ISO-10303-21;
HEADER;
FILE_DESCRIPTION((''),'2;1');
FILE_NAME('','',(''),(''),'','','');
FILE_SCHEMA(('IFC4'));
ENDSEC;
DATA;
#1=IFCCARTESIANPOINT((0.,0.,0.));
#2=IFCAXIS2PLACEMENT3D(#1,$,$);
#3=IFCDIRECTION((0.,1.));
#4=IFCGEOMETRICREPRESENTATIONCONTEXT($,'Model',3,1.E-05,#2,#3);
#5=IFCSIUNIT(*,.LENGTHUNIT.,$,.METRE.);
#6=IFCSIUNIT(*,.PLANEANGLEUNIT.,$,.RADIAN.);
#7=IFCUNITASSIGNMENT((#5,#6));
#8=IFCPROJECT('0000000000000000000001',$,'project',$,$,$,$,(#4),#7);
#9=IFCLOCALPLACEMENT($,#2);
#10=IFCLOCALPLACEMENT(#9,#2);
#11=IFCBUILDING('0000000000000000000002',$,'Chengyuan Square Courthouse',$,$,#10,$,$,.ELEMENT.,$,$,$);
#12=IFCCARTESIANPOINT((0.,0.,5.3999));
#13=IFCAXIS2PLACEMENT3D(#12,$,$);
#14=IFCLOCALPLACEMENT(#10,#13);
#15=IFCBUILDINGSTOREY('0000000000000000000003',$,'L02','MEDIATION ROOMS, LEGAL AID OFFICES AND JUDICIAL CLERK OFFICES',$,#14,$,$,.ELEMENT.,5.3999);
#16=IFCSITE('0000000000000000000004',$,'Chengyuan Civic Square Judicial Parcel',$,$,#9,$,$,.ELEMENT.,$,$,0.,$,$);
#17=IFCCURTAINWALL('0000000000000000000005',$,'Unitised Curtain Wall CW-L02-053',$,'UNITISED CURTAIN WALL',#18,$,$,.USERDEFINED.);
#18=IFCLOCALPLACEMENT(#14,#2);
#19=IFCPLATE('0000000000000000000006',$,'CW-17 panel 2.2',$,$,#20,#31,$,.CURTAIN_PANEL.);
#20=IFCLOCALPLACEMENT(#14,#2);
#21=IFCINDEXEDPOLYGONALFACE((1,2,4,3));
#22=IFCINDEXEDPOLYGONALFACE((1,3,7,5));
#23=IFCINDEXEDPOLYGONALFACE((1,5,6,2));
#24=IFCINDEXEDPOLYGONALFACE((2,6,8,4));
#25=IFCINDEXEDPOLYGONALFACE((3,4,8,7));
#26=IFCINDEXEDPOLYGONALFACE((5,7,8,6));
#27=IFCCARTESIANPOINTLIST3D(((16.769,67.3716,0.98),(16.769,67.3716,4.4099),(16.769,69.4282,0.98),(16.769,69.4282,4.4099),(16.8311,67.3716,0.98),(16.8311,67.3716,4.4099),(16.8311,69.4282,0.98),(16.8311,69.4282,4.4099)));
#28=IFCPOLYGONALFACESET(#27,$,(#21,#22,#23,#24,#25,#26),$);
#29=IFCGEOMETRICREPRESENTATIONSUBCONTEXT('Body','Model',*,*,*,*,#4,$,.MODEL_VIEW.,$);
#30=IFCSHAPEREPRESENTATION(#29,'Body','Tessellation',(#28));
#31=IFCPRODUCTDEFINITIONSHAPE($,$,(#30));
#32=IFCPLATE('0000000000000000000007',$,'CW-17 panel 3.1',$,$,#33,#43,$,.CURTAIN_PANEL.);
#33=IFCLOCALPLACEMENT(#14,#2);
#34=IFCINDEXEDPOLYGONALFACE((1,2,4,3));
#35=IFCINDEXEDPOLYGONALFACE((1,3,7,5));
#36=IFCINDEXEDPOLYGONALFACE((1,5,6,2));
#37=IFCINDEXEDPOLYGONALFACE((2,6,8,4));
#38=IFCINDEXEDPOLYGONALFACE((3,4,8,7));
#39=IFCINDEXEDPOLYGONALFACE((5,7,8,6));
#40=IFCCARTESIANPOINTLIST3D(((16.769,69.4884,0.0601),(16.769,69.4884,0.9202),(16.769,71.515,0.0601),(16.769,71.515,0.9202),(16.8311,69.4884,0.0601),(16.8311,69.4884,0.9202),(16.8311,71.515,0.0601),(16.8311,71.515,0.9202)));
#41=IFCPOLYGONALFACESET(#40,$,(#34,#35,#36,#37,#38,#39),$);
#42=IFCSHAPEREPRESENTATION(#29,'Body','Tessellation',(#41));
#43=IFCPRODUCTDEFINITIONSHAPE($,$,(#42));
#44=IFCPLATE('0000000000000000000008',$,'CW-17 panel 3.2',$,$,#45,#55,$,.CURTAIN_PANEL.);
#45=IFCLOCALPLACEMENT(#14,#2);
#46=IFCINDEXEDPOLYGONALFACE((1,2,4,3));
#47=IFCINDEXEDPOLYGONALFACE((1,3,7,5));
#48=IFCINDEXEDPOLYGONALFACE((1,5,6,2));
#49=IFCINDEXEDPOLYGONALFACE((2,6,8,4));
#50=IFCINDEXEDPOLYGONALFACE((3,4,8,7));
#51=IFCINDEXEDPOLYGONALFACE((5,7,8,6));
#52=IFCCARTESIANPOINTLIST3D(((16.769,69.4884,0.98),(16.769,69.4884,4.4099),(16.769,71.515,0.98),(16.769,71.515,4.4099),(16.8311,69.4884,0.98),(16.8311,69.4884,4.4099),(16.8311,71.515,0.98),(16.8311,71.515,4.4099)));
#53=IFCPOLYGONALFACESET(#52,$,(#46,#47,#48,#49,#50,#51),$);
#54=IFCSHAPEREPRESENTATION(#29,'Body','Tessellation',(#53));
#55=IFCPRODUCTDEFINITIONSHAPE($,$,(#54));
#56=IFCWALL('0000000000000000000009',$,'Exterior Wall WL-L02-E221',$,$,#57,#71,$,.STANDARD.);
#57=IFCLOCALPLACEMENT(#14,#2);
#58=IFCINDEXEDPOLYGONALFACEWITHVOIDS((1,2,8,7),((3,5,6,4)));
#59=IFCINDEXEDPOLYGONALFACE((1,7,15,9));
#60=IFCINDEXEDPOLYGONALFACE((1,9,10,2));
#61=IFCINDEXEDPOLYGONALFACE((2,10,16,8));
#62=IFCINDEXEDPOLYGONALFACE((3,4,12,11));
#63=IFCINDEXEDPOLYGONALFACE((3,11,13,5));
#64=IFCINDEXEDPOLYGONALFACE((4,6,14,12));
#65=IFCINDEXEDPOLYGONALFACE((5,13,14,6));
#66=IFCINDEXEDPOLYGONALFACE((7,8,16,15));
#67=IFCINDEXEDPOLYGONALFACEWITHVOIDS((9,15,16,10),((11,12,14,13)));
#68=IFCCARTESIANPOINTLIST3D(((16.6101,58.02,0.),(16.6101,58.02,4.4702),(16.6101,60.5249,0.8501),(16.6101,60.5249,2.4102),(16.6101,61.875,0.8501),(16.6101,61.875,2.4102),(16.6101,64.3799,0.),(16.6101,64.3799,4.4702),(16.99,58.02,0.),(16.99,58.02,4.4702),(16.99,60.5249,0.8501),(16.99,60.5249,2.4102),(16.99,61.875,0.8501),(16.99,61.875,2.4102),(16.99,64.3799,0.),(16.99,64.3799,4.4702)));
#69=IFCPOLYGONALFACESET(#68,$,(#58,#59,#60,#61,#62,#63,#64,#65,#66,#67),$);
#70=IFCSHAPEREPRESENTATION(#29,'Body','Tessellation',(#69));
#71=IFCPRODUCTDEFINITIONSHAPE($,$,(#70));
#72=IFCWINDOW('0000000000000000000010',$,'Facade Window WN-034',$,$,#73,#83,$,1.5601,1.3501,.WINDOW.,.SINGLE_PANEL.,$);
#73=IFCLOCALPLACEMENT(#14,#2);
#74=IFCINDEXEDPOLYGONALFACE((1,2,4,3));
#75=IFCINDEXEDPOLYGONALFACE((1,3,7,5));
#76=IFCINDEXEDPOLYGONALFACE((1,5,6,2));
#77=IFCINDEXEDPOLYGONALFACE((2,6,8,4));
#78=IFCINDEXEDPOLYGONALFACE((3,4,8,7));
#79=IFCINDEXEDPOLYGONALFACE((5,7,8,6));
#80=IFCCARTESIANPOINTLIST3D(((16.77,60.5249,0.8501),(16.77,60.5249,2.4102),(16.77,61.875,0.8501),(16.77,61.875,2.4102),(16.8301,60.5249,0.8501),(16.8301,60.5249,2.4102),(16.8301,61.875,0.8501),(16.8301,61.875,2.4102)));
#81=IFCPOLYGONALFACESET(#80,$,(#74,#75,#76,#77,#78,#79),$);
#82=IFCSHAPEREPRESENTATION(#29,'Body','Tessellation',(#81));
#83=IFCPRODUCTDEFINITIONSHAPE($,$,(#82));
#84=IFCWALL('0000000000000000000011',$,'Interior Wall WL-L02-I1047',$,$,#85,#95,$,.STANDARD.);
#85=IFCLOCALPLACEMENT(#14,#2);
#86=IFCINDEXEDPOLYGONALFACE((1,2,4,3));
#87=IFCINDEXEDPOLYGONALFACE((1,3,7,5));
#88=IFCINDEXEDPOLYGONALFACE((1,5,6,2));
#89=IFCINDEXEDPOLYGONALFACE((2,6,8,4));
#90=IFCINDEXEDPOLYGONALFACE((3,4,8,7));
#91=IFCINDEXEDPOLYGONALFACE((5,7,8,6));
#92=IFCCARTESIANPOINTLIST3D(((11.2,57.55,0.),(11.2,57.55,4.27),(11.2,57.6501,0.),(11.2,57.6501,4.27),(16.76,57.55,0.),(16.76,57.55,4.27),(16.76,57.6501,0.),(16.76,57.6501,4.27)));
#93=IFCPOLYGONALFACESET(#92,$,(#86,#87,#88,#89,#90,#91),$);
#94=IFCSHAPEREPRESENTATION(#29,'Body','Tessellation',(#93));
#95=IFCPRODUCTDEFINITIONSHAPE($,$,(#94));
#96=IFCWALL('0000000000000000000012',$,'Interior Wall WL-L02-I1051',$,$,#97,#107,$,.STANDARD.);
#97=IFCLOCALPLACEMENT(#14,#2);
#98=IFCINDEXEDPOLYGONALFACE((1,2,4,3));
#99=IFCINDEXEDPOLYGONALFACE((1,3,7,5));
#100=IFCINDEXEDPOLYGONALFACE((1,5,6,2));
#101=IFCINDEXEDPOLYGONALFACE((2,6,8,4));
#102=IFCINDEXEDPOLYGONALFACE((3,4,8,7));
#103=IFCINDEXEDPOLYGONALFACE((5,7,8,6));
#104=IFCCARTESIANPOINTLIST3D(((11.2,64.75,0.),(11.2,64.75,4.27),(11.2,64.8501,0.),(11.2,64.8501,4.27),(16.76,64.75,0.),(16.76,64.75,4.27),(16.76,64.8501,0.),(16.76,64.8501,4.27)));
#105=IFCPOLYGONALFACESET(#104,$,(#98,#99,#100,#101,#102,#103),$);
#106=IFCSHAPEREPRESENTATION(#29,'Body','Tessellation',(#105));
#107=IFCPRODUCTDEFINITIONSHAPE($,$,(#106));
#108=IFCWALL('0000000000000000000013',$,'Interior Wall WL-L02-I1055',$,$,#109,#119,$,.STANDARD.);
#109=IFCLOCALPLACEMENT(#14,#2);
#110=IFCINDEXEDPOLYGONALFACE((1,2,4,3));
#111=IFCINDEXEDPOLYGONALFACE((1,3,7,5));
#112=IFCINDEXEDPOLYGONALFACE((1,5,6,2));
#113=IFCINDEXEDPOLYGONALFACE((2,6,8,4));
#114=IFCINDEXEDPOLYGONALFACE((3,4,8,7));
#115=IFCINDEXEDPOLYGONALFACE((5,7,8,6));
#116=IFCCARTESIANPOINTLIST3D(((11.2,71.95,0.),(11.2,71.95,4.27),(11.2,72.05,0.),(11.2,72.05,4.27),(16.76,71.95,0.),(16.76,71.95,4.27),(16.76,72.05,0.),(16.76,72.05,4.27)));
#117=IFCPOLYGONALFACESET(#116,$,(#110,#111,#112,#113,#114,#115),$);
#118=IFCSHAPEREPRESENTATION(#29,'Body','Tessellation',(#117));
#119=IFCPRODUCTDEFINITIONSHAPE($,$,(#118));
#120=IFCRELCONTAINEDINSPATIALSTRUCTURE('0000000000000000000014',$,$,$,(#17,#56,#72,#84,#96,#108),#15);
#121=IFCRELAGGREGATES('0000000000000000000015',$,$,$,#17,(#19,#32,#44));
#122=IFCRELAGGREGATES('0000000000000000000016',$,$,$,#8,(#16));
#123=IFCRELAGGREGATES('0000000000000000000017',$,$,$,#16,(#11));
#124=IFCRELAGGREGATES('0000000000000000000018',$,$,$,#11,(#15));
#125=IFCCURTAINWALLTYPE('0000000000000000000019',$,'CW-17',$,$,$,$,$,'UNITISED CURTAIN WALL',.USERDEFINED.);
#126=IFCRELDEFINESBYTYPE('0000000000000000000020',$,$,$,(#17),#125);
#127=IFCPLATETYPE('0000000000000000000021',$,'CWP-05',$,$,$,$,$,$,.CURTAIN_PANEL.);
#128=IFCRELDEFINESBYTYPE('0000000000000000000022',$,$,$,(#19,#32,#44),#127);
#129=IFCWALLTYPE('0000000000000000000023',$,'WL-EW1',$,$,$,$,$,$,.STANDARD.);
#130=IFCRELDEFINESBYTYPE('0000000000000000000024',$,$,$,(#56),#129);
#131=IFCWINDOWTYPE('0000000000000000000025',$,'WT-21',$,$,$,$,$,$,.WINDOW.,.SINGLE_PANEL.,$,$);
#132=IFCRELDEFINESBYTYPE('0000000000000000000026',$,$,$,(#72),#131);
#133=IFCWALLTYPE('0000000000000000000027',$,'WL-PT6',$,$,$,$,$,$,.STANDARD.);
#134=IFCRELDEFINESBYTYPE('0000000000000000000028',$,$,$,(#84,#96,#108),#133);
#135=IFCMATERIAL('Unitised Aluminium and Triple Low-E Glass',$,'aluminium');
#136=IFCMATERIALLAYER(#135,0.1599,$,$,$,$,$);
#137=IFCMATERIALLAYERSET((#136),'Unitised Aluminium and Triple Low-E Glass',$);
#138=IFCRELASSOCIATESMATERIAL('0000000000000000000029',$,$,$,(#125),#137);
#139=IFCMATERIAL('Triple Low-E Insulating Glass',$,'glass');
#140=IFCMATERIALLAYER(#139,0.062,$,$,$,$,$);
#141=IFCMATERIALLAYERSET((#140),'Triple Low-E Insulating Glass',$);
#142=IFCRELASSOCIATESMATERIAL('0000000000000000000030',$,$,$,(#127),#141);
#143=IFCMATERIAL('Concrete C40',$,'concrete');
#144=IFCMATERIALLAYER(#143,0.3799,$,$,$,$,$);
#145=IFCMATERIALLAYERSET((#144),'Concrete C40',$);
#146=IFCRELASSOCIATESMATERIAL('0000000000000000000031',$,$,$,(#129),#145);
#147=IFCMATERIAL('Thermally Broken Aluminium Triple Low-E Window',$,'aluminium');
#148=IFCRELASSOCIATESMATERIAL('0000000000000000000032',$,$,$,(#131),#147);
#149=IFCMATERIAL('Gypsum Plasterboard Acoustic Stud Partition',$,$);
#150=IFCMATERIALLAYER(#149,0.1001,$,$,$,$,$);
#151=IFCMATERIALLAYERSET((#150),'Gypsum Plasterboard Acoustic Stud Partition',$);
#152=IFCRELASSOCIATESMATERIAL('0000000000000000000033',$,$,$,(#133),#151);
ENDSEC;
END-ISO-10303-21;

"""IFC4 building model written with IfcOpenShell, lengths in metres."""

from ifc_helpers import new_model, si_unit, direction, frame, frame_2d, origin, origin_2d, place, context, subcontext, project, spatial, rectangle, extrude, material, layer, layer_set, type_object, element, fill, aggregate, save


model = new_model("IFC4")

# Units and contexts
model_context = context("Model", 3, precision=1e-05, world=origin(), true_north=direction((0.0, 1.0)))
body_context = subcontext(model_context, "Body", "Model", "MODEL_VIEW")
ifc_project = project(units=[si_unit("LENGTHUNIT", "METRE"), si_unit("PLANEANGLEUNIT", "RADIAN")], contexts=[model_context])

# Site, building, storey
site_placement = place(None, origin())
site = spatial("IfcSite", under=ifc_project, at=site_placement, Name="Chengyuan Civic Square Judicial Parcel", CompositionType="ELEMENT", RefElevation=0.0)
building_placement = place(site_placement, origin())
building = spatial("IfcBuilding", under=site, at=building_placement, Name="Chengyuan Square Courthouse", CompositionType="ELEMENT")
storey_placement = place(building_placement, frame((0.0, 0.0, 5.3999)))
storey = spatial("IfcBuildingStorey", under=building, at=storey_placement, Name="L02", Description="MEDIATION ROOMS, LEGAL AID OFFICES AND JUDICIAL CLERK OFFICES", CompositionType="ELEMENT", Elevation=5.3999)

# Shared definitions
ifc_material_1 = material(Name="Concrete C40", Category="concrete")

# Shared definitions
ifc_material_2 = material(Name="Unitised Aluminium and Triple Low-E Glass", Category="aluminium")
ifc_layer_1 = layer(ifc_material_2, 0.1599)
ifc_layer_set_1 = layer_set([ifc_layer_1], Name="Unitised Aluminium and Triple Low-E Glass")
curtain_wall_type = type_object("IfcCurtainWallType", Name="CW-17", ElementType="UNITISED CURTAIN WALL", PredefinedType="USERDEFINED", material=ifc_layer_set_1)

# Curtain wall
curtain_wall_1_placement = place(storey_placement, origin())
curtain_wall_1 = element("IfcCurtainWall", 1, at=curtain_wall_1_placement, inside=storey, type_object=curtain_wall_type, Name="Unitised Curtain Wall CW-L02-053", ObjectType="UNITISED CURTAIN WALL", PredefinedType="USERDEFINED")

# Plates
ifc_material_3 = material(Name="Triple Low-E Insulating Glass", Category="glass")
ifc_layer_2 = layer(ifc_material_3, 0.062)
ifc_layer_set_2 = layer_set([ifc_layer_2], Name="Triple Low-E Insulating Glass")
plate_type = type_object("IfcPlateType", Name="CWP-05", PredefinedType="CURTAIN_PANEL", material=ifc_layer_set_2)
plate_1_placement = place(storey_placement, frame((16.8, 68.3999, 0.98), z_axis=(0.0, 0.0, 1.0), x_axis=(0.0, 1.0, 0.0)))
plate_1 = element("IfcPlate", 2, at=plate_1_placement, type_object=plate_type, Name="CW-17 panel 2.2", PredefinedType="CURTAIN_PANEL", context=body_context, shape_type="SweptSolid", body=[
    extrude(rectangle(XDim=2.0566, YDim=0.062, at=origin_2d()), origin(), (0.0, 0.0, 1.0), 3.4299),
])
plate_2_placement = place(storey_placement, frame((16.8, 70.5017, 0.0601), z_axis=(0.0, 0.0, 1.0), x_axis=(0.0, 1.0, 0.0)))
plate_2 = element("IfcPlate", 3, at=plate_2_placement, type_object=plate_type, Name="CW-17 panel 3.1", PredefinedType="CURTAIN_PANEL", context=body_context, shape_type="SweptSolid", body=[
    extrude(rectangle(XDim=2.0266, YDim=0.062, at=origin_2d()), origin(), (0.0, 0.0, 1.0), 0.8601),
])
plate_3_placement = place(storey_placement, frame((16.8, 70.5017, 0.98), z_axis=(0.0, 0.0, 1.0), x_axis=(0.0, 1.0, 0.0)))
plate_3 = element("IfcPlate", 4, at=plate_3_placement, type_object=plate_type, Name="CW-17 panel 3.2", PredefinedType="CURTAIN_PANEL", context=body_context, shape_type="SweptSolid", body=[
    extrude(rectangle(XDim=2.0266, YDim=0.062, at=origin_2d()), origin(), (0.0, 0.0, 1.0), 3.4299),
])
aggregate(curtain_wall_1, [plate_1, plate_2, plate_3])

# Wall, opening, window
ifc_layer_3 = layer(ifc_material_1, 0.3799)
ifc_layer_set_3 = layer_set([ifc_layer_3], Name="Concrete C40")
wall_type_1 = type_object("IfcWallType", Name="WL-EW1", PredefinedType="STANDARD", material=ifc_layer_set_3)
wall_placement = place(storey_placement, frame((16.8, 58.02, 0.0), z_axis=(0.0, 0.0, 1.0), x_axis=(0.0, 1.0, 0.0)))
wall = element("IfcWall", 5, at=wall_placement, inside=storey, type_object=wall_type_1, Name="Exterior Wall WL-L02-E221", PredefinedType="STANDARD", context=body_context, shape_type="SweptSolid", body=[
    extrude(rectangle(XDim=6.3599, YDim=0.3799, at=frame_2d((3.1799, 0.0))), origin(), (0.0, 0.0, 1.0), 4.4702),
])
opening_placement = place(wall_placement, frame((2.5049, 0.0, 0.8501)))
opening = element("IfcOpeningElement", 6, at=opening_placement, cuts=wall, PredefinedType="OPENING", context=body_context, shape_type="SweptSolid", body=[
    extrude(rectangle(XDim=1.3501, YDim=1.5601, at=frame_2d((0.675, 0.78))), frame((0.0, 0.2019, 0.0), z_axis=(0.0, -1.0, 0.0), x_axis=(1.0, 0.0, 0.0)), (0.0, 0.0, 1.0), 0.4038),
])
ifc_material_4 = material(Name="Thermally Broken Aluminium Triple Low-E Window", Category="aluminium")
window_type = type_object("IfcWindowType", Name="WT-21", PartitioningType="SINGLE_PANEL", PredefinedType="WINDOW", material=ifc_material_4)
window_placement = place(opening_placement, origin())
window = element("IfcWindow", 7, at=window_placement, inside=storey, type_object=window_type, Name="Facade Window WN-034", OverallHeight=1.5601, OverallWidth=1.3501, PartitioningType="SINGLE_PANEL", PredefinedType="WINDOW", context=body_context, shape_type="SweptSolid", body=[
    extrude(rectangle(XDim=1.3501, YDim=1.5601, at=frame_2d((0.675, 0.78))), frame((0.0, 0.03, 0.0), z_axis=(0.0, -1.0, 0.0), x_axis=(1.0, 0.0, 0.0)), (0.0, 0.0, 1.0), 0.0601),
])
fill(opening, window)

# Walls
ifc_material_5 = material(Name="Gypsum Plasterboard Acoustic Stud Partition")
ifc_layer_4 = layer(ifc_material_5, 0.1001)
ifc_layer_set_4 = layer_set([ifc_layer_4], Name="Gypsum Plasterboard Acoustic Stud Partition")
wall_type_2 = type_object("IfcWallType", Name="WL-PT6", PredefinedType="STANDARD", material=ifc_layer_set_4)
for number, where, z_axis, x_axis, name in (
    (8, (11.2, 57.6001, 0.0), (0.0, 0.0, 1.0), (1.0, 0.0, 0.0), "Interior Wall WL-L02-I1047"),
    (9, (11.2, 64.8, 0.0), (0.0, 0.0, 1.0), (1.0, 0.0, 0.0), "Interior Wall WL-L02-I1051"),
    (10, (11.2, 72.0, 0.0), (0.0, 0.0, 1.0), (1.0, 0.0, 0.0), "Interior Wall WL-L02-I1055"),
):
    element("IfcWall", number, at=place(storey_placement, frame(where, z_axis=z_axis, x_axis=x_axis)), inside=storey, type_object=wall_type_2, Name=name, PredefinedType="STANDARD", context=body_context, shape_type="SweptSolid", body=[
        extrude(rectangle(XDim=5.5601, YDim=0.1001, at=frame_2d((2.78, 0.0))), origin(), (0.0, 0.0, 1.0), 4.27),
    ])

save(model, "model.ifc")
